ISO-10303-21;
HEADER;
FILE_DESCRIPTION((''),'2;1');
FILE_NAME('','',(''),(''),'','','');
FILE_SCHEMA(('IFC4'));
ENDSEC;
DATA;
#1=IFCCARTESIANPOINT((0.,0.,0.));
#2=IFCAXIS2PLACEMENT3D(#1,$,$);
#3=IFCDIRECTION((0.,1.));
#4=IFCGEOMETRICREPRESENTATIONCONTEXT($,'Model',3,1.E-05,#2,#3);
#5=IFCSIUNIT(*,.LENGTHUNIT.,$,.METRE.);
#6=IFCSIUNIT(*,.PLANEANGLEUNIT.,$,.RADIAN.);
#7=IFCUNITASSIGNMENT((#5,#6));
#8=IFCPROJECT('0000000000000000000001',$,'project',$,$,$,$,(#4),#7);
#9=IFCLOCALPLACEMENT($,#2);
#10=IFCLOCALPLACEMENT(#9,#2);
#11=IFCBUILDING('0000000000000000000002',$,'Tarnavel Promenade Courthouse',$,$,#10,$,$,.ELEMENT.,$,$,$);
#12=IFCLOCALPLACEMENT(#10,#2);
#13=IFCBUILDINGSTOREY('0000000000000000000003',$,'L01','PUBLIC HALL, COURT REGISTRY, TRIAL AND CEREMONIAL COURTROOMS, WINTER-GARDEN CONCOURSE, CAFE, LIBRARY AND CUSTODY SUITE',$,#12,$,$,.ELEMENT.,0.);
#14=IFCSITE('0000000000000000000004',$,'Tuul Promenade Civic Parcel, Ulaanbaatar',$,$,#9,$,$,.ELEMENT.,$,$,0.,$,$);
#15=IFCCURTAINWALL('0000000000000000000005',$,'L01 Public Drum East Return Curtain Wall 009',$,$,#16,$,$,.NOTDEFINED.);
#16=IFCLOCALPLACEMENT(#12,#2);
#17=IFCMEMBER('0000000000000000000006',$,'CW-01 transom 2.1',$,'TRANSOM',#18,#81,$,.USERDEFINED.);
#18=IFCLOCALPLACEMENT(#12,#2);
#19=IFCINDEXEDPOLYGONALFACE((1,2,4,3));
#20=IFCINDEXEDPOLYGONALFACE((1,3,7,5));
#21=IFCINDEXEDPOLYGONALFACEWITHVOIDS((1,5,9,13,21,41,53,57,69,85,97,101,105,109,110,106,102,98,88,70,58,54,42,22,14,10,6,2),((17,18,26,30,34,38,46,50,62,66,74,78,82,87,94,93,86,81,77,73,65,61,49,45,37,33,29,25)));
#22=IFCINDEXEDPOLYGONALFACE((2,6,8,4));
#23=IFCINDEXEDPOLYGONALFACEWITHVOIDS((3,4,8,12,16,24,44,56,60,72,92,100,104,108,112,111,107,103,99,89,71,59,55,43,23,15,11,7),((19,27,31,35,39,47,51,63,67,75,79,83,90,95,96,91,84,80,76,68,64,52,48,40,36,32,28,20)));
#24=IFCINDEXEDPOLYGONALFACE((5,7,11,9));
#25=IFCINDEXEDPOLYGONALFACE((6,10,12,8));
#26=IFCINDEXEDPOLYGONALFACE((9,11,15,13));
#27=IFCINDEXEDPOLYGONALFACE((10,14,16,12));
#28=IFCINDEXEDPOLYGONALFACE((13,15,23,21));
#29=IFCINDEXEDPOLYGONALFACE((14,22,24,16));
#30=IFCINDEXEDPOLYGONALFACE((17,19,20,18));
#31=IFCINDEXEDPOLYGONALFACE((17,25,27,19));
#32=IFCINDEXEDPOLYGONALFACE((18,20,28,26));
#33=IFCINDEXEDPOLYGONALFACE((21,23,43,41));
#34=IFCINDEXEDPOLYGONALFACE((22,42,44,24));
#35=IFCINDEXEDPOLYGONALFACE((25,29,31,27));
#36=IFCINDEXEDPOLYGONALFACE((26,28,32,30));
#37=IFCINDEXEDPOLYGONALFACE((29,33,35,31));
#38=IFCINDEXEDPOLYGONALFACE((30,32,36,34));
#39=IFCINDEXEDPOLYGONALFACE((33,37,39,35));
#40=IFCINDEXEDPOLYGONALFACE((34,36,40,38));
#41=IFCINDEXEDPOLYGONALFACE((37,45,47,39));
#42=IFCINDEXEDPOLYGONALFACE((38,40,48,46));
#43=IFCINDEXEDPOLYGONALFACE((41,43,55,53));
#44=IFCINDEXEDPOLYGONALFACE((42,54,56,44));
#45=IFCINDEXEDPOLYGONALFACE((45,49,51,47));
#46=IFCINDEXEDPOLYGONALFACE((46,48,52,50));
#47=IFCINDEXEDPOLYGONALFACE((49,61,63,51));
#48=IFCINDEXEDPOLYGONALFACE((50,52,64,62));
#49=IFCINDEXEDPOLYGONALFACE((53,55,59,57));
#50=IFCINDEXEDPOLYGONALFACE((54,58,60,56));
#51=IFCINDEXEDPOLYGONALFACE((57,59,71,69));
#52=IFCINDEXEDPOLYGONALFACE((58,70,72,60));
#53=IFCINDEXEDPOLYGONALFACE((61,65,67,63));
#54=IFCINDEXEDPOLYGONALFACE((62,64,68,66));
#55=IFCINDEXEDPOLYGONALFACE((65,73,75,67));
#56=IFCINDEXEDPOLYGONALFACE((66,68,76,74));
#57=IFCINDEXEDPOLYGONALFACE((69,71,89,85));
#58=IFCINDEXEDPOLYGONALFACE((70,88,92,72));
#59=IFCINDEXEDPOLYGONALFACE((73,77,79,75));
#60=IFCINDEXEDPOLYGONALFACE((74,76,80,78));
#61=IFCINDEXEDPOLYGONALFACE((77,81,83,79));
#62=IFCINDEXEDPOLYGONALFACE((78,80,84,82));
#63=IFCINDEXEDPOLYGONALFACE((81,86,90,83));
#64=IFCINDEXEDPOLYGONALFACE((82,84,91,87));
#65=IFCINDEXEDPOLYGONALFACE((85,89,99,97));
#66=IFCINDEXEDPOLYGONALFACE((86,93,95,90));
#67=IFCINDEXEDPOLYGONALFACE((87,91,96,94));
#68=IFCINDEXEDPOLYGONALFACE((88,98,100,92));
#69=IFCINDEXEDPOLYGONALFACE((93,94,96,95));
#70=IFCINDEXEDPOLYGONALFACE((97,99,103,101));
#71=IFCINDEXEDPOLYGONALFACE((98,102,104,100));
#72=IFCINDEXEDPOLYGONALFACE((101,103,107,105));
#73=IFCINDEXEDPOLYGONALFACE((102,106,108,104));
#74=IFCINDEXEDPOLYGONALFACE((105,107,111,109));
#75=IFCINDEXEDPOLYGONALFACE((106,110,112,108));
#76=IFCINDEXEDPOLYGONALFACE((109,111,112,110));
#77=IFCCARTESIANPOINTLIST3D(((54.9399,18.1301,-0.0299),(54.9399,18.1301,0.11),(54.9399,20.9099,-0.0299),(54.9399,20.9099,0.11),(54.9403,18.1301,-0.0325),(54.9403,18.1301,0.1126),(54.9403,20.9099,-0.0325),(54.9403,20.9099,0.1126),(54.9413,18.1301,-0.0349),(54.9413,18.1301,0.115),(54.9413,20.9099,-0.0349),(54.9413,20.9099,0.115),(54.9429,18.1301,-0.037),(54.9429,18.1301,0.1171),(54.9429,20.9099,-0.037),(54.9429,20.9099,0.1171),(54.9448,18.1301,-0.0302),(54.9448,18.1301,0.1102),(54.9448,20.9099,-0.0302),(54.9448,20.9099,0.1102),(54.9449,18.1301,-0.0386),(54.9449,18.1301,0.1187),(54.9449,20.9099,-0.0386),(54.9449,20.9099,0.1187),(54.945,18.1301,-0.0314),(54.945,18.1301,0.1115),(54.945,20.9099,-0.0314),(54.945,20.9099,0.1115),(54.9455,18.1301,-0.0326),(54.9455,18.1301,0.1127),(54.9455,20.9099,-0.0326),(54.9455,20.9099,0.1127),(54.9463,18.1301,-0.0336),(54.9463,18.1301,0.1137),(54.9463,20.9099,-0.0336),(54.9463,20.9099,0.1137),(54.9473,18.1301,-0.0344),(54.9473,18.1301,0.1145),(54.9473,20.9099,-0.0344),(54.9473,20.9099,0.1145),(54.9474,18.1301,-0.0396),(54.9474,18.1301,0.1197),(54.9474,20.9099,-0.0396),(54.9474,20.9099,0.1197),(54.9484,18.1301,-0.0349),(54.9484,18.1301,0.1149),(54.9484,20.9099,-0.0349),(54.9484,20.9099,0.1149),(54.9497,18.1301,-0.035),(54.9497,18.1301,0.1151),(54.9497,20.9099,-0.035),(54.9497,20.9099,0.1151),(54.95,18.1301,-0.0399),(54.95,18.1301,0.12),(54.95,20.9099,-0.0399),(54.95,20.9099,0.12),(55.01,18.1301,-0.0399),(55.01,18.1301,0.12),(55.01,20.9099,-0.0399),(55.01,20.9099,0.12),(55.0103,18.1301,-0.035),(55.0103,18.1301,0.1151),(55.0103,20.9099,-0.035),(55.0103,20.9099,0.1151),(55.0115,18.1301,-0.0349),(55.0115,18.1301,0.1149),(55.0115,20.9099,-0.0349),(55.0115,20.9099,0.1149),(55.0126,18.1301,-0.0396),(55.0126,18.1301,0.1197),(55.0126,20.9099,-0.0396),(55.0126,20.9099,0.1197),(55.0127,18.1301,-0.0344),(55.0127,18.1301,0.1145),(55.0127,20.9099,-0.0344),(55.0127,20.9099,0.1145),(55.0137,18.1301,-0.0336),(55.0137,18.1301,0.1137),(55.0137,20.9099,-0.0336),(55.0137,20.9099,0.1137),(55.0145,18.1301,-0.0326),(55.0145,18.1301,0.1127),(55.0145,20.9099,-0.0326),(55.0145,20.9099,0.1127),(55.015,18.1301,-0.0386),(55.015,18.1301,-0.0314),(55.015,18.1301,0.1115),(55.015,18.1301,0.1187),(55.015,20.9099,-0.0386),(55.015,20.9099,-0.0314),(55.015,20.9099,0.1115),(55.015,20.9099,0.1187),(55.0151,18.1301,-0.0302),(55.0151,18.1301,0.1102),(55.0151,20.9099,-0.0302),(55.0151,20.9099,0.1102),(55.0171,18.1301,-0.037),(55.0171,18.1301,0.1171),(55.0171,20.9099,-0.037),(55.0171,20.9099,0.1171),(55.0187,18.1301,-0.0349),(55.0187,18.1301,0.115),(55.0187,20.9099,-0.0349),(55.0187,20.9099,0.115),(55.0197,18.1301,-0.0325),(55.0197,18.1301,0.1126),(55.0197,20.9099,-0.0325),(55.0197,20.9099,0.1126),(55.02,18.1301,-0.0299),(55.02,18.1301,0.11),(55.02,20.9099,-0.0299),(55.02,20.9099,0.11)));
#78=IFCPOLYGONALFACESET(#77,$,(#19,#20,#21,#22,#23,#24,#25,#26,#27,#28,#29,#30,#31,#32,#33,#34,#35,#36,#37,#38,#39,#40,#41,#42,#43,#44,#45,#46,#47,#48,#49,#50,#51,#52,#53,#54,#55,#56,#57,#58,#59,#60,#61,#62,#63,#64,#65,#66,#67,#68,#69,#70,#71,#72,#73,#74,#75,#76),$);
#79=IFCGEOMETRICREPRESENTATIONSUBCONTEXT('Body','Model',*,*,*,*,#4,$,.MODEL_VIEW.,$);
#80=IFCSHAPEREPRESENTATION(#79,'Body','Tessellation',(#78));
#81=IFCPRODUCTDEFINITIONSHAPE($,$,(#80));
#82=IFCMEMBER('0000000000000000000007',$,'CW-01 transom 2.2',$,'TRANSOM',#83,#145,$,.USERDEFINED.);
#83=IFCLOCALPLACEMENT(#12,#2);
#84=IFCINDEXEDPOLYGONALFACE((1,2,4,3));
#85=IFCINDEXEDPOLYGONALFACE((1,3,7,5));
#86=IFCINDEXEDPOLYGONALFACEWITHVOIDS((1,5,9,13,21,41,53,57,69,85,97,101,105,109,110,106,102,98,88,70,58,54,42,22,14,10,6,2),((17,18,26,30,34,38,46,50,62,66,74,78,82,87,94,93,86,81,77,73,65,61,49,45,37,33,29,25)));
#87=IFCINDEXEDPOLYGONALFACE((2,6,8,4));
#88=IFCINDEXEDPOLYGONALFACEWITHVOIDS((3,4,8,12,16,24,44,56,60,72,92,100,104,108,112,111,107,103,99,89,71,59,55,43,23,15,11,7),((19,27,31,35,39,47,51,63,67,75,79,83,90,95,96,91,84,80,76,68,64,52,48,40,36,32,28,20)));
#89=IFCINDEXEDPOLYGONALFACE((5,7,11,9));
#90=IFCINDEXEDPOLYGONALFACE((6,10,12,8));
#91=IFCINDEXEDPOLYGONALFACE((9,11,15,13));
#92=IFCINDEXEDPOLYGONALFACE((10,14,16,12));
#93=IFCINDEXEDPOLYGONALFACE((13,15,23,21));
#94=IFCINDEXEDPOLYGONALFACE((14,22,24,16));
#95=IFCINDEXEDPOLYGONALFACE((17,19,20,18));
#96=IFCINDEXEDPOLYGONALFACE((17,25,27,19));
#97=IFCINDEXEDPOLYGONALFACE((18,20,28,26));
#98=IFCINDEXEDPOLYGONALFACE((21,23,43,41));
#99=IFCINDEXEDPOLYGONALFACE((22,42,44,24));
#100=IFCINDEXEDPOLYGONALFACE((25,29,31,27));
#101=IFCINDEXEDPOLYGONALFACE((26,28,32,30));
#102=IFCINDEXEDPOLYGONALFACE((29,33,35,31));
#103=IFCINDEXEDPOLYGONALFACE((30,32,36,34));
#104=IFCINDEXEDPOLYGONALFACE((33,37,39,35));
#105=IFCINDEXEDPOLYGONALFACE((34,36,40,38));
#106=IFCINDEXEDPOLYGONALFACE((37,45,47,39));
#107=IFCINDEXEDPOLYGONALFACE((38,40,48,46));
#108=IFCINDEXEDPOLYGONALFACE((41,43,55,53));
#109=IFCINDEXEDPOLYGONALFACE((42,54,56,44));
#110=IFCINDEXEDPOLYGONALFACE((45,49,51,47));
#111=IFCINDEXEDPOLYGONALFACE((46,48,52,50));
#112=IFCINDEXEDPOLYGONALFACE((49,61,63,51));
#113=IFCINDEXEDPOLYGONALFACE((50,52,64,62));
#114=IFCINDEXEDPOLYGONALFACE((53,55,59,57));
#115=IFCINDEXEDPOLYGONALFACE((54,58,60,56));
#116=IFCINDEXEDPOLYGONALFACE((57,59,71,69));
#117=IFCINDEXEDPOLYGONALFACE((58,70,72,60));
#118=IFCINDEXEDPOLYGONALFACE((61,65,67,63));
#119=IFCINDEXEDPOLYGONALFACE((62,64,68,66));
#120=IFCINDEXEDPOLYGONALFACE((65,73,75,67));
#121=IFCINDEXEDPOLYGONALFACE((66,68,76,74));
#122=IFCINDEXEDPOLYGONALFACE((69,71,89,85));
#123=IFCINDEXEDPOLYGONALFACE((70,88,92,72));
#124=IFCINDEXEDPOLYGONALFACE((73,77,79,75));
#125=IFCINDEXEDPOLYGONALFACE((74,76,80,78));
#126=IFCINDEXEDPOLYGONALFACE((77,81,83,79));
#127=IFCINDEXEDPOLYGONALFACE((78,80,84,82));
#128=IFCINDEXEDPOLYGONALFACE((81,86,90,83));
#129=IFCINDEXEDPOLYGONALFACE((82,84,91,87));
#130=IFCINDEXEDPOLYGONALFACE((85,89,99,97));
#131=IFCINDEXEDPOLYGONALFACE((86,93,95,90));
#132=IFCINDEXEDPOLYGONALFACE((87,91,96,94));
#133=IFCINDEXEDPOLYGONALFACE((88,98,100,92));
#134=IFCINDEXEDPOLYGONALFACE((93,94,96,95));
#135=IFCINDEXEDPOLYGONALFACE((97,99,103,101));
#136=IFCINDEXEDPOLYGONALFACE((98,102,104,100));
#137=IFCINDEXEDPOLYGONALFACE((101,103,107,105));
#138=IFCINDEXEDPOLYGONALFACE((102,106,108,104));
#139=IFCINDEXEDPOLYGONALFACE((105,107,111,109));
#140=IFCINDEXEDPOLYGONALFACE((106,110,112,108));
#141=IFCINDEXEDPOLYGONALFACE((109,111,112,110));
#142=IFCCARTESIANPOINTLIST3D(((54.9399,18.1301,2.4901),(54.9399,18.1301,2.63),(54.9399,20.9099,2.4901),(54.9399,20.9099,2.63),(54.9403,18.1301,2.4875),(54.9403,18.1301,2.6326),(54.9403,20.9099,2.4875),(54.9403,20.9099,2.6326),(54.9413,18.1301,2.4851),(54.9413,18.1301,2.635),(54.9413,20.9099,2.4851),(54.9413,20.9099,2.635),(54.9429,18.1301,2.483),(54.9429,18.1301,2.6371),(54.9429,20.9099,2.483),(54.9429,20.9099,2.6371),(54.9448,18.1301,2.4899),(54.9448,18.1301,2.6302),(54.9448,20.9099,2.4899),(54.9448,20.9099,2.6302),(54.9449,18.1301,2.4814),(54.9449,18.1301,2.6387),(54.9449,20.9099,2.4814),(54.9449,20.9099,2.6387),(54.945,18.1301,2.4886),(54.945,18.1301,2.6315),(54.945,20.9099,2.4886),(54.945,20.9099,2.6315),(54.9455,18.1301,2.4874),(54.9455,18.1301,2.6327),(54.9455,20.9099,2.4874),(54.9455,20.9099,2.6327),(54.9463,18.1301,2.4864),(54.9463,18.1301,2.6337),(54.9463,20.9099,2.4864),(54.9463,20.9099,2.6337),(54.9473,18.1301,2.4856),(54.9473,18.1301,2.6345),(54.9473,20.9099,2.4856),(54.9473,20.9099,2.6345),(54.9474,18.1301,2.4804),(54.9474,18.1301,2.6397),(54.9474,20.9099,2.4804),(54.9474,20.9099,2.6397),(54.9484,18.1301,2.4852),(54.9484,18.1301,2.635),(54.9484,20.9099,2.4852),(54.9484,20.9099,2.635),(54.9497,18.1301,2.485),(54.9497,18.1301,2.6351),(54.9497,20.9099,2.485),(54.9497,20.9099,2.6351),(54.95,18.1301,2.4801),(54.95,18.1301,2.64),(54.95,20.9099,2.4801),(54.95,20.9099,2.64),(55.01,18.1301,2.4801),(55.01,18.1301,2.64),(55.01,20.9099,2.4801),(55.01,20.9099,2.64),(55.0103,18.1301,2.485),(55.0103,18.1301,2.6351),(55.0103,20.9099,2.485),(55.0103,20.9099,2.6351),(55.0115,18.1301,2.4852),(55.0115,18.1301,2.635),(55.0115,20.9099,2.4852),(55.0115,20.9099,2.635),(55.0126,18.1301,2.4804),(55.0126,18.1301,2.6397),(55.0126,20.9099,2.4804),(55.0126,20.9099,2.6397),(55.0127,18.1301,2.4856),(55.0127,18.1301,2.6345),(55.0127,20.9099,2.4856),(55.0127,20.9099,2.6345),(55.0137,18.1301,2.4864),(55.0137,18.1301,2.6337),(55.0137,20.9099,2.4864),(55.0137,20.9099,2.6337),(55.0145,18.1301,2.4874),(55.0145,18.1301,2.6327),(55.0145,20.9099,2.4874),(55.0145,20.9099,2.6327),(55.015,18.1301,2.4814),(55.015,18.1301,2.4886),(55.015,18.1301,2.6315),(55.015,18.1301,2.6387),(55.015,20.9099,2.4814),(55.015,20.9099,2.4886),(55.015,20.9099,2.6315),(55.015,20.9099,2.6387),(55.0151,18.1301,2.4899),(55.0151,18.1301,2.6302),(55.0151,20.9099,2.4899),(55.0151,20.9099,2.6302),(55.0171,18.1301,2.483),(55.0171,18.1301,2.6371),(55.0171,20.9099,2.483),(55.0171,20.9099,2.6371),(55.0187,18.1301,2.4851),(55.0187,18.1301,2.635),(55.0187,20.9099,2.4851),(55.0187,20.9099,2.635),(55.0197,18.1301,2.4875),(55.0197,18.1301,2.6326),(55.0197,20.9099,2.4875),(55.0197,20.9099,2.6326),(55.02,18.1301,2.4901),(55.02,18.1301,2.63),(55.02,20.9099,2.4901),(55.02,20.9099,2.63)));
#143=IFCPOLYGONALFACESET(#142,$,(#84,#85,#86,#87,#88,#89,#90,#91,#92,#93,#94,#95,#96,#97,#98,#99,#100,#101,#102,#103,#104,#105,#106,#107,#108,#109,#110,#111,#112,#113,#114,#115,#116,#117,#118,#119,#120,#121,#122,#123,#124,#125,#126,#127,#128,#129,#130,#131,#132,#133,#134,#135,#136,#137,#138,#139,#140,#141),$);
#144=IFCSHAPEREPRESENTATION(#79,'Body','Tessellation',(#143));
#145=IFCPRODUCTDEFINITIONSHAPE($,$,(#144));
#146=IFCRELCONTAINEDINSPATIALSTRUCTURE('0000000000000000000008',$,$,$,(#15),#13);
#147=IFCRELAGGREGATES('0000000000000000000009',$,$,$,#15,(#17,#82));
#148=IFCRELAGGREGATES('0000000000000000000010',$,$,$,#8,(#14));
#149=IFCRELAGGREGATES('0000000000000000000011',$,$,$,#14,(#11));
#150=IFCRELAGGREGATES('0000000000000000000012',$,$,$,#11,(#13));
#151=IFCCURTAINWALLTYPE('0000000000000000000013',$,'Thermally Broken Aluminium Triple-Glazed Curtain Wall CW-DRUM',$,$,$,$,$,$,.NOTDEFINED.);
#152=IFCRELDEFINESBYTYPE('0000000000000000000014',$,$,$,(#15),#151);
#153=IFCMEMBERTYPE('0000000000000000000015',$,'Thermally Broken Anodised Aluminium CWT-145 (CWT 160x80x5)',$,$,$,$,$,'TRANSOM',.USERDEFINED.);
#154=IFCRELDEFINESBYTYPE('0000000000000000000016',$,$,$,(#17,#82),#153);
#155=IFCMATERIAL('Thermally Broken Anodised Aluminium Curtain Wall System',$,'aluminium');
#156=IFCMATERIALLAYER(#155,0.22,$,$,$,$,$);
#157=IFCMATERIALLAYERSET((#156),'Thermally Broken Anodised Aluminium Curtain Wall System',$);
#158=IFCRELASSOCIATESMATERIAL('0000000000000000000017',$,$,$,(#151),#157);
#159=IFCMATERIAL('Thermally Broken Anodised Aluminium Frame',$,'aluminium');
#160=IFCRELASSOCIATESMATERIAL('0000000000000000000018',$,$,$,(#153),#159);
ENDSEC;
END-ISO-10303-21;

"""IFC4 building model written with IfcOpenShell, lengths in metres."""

from ifc_helpers import new_model, si_unit, direction, frame, origin, origin_2d, place, context, subcontext, project, spatial, hollow_rectangle, extrude, material, layer, layer_set, material_profile, profile_set, type_object, element, aggregate, save


model = new_model("IFC4")

# Units and contexts
model_context = context("Model", 3, precision=1e-05, world=origin(), true_north=direction((0.0, 1.0)))
body_context = subcontext(model_context, "Body", "Model", "MODEL_VIEW")
ifc_project = project(units=[si_unit("LENGTHUNIT", "METRE"), si_unit("PLANEANGLEUNIT", "RADIAN")], contexts=[model_context])

# Site, building, storey
site_placement = place(None, origin())
site = spatial("IfcSite", under=ifc_project, at=site_placement, Name="Tuul Promenade Civic Parcel, Ulaanbaatar", CompositionType="ELEMENT", RefElevation=0.0)
building_placement = place(site_placement, origin())
building = spatial("IfcBuilding", under=site, at=building_placement, Name="Tarnavel Promenade Courthouse", CompositionType="ELEMENT")
storey_placement = place(building_placement, origin())
storey = spatial("IfcBuildingStorey", under=building, at=storey_placement, Name="L01", Description="PUBLIC HALL, COURT REGISTRY, TRIAL AND CEREMONIAL COURTROOMS, WINTER-GARDEN CONCOURSE, CAFE, LIBRARY AND CUSTODY SUITE", CompositionType="ELEMENT", Elevation=0.0)

# Curtain wall
ifc_material_1 = material(Name="Thermally Broken Anodised Aluminium Curtain Wall System", Category="aluminium")
ifc_layer_1 = layer(ifc_material_1, 0.22)
ifc_layer_set_1 = layer_set([ifc_layer_1], Name="Thermally Broken Anodised Aluminium Curtain Wall System")
curtain_wall_type = type_object("IfcCurtainWallType", Name="Thermally Broken Aluminium Triple-Glazed Curtain Wall CW-DRUM", PredefinedType="NOTDEFINED", material=ifc_layer_set_1)
ifc_material_2 = material(Name="Thermally Broken Anodised Aluminium Frame", Category="aluminium")
curtain_wall_1_placement = place(storey_placement, origin())
curtain_wall_1 = element("IfcCurtainWall", 1, at=curtain_wall_1_placement, inside=storey, type_object=curtain_wall_type, Name="L01 Public Drum East Return Curtain Wall 009", PredefinedType="NOTDEFINED")

# Members
ifc_material_profile_1 = material_profile(ifc_material_2, hollow_rectangle(XDim=0.0801, YDim=0.1599, WallThickness=0.0049, InnerFilletRadius=0.0049, OuterFilletRadius=0.01, at=origin_2d()), Name="CWT 160x80x5")
ifc_profile_set_1 = profile_set([ifc_material_profile_1], Name="Thermally Broken Anodised Aluminium Frame")
member_type_1 = type_object("IfcMemberType", Name="Thermally Broken Anodised Aluminium CWT-145 (CWT 160x80x5)", ElementType="TRANSOM", PredefinedType="USERDEFINED", material=ifc_profile_set_1)
member_1_placement = place(storey_placement, frame((54.98, 18.1301, 0.04), z_axis=(0.0, 1.0, 0.0), x_axis=(-1.0, 0.0, 0.0)))
member_1 = element("IfcMember", 2, at=member_1_placement, type_object=member_type_1, Name="CW-01 transom 2.1", ObjectType="TRANSOM", PredefinedType="USERDEFINED", context=body_context, shape_type="SweptSolid", body=[
    extrude(hollow_rectangle(XDim=0.0801, YDim=0.1599, WallThickness=0.0049, InnerFilletRadius=0.0049, OuterFilletRadius=0.01, at=origin_2d()), origin(), (0.0, 0.0, 1.0), 2.7798),
])
member_2_placement = place(storey_placement, frame((54.98, 18.1301, 2.5601), z_axis=(0.0, 1.0, 0.0), x_axis=(-1.0, 0.0, 0.0)))
member_2 = element("IfcMember", 3, at=member_2_placement, type_object=member_type_1, Name="CW-01 transom 2.2", ObjectType="TRANSOM", PredefinedType="USERDEFINED", context=body_context, shape_type="SweptSolid", body=[
    extrude(hollow_rectangle(XDim=0.0801, YDim=0.1599, WallThickness=0.0049, InnerFilletRadius=0.0049, OuterFilletRadius=0.01, at=origin_2d()), origin(), (0.0, 0.0, 1.0), 2.7798),
])

aggregate(curtain_wall_1, [member_1, member_2])

save(model, "model.ifc")
